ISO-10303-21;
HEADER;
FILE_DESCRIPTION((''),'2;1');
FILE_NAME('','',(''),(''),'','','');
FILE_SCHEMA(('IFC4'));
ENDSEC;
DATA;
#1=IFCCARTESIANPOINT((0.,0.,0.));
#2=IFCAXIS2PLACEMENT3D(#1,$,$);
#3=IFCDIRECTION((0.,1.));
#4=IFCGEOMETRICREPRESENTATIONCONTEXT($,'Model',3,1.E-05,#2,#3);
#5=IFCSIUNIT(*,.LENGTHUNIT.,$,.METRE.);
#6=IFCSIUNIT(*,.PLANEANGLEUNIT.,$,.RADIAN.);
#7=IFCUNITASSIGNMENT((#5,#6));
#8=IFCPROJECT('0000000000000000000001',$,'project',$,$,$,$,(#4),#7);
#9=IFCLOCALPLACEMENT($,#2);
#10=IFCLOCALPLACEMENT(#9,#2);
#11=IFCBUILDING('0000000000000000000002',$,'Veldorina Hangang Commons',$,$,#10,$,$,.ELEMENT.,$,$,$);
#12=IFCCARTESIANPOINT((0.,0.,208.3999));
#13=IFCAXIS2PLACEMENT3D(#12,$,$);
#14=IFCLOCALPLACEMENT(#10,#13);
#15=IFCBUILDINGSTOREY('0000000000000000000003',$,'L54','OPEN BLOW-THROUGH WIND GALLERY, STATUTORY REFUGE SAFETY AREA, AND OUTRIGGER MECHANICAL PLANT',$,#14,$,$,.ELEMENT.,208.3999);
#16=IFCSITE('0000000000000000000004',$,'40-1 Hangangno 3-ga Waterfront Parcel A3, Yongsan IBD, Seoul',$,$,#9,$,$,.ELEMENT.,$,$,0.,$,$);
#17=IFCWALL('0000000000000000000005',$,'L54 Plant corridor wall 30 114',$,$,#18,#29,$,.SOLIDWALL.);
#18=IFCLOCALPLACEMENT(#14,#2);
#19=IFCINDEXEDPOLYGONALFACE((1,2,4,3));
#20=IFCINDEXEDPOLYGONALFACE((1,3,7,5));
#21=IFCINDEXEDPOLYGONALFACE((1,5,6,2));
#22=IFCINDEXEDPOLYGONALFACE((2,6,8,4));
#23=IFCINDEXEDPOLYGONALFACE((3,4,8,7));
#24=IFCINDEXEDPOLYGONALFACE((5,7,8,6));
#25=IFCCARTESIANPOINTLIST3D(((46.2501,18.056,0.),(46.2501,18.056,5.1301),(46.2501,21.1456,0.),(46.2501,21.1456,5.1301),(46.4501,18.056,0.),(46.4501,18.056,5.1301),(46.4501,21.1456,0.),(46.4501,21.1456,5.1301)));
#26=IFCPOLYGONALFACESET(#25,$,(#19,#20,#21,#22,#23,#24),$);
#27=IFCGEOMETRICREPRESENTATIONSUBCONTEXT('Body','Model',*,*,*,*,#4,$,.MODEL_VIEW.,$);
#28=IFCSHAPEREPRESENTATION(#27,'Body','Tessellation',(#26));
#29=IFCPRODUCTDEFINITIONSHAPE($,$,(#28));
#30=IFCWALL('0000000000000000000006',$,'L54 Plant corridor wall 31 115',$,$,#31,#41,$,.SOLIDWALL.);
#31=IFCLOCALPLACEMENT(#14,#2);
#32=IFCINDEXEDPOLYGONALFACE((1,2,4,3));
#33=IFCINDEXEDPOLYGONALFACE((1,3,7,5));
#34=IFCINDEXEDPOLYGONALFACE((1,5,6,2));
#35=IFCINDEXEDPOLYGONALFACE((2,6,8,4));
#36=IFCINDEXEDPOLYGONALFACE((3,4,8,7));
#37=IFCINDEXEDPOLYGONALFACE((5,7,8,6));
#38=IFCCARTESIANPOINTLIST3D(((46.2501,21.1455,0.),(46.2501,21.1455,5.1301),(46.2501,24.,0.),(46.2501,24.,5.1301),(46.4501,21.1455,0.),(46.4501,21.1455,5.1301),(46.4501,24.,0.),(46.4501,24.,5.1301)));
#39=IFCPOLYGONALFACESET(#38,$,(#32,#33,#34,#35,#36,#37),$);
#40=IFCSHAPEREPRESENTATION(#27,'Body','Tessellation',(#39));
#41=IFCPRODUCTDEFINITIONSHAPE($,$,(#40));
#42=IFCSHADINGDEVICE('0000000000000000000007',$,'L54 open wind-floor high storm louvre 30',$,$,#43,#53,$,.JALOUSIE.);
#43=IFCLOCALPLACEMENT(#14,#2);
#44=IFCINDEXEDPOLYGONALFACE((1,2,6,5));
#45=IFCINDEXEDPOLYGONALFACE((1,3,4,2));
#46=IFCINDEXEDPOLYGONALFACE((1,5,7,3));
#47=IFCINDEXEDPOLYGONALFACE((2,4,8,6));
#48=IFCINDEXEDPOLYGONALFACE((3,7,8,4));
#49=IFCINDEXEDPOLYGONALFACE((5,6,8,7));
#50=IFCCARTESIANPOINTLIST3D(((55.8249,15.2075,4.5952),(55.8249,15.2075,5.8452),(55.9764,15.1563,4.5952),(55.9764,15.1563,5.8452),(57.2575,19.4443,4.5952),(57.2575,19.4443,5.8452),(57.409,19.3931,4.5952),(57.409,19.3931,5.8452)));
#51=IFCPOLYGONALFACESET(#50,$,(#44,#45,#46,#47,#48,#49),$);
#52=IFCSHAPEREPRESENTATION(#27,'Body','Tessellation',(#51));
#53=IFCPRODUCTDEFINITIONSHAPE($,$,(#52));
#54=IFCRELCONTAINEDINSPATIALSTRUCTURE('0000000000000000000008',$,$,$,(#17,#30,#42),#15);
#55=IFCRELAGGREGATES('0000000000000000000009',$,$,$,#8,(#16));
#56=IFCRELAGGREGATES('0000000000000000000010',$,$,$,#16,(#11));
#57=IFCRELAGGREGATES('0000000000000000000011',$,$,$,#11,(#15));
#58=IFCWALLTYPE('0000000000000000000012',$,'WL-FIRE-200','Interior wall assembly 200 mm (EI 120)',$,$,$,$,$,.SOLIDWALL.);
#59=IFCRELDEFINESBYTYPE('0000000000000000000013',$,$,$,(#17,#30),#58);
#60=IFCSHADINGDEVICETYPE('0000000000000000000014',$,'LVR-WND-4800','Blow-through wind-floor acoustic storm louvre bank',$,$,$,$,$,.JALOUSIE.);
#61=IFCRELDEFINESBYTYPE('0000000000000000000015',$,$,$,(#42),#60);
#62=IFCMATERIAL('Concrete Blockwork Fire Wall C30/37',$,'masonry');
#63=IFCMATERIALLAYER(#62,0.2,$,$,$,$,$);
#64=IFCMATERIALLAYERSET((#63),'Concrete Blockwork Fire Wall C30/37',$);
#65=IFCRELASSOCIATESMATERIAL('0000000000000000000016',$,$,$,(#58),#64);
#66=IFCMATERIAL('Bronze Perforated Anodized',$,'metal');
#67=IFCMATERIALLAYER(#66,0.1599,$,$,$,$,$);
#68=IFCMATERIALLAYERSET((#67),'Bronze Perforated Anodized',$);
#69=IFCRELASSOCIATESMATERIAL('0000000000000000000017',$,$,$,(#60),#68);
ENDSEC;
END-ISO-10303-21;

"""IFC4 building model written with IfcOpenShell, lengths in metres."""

from ifc_helpers import new_model, si_unit, direction, frame, frame_2d, origin, origin_2d, place, context, subcontext, project, spatial, rectangle, extrude, material, layer, layer_set, type_object, element, save


model = new_model("IFC4")

# Units and contexts
model_context = context("Model", 3, precision=1e-05, world=origin(), true_north=direction((0.0, 1.0)))
body_context = subcontext(model_context, "Body", "Model", "MODEL_VIEW")
ifc_project = project(units=[si_unit("LENGTHUNIT", "METRE"), si_unit("PLANEANGLEUNIT", "RADIAN")], contexts=[model_context])

# Site, building, storey
site_placement = place(None, origin())
site = spatial("IfcSite", under=ifc_project, at=site_placement, Name="40-1 Hangangno 3-ga Waterfront Parcel A3, Yongsan IBD, Seoul", CompositionType="ELEMENT", RefElevation=0.0)
building_placement = place(site_placement, origin())
building = spatial("IfcBuilding", under=site, at=building_placement, Name="Veldorina Hangang Commons", CompositionType="ELEMENT")
storey_placement = place(building_placement, frame((0.0, 0.0, 208.3999)))
storey = spatial("IfcBuildingStorey", under=building, at=storey_placement, Name="L54", Description="OPEN BLOW-THROUGH WIND GALLERY, STATUTORY REFUGE SAFETY AREA, AND OUTRIGGER MECHANICAL PLANT", CompositionType="ELEMENT", Elevation=208.3999)

# Walls
ifc_material_1 = material(Name="Concrete Blockwork Fire Wall C30/37", Category="masonry")
ifc_layer_1 = layer(ifc_material_1, 0.2)
ifc_layer_set_1 = layer_set([ifc_layer_1], Name="Concrete Blockwork Fire Wall C30/37")
wall_type = type_object("IfcWallType", Name="WL-FIRE-200", Description="Interior wall assembly 200 mm (EI 120)", PredefinedType="SOLIDWALL", material=ifc_layer_set_1)
wall_1_placement = place(storey_placement, frame((46.3501, 18.0559, 0.0), z_axis=(0.0, 0.0, 1.0), x_axis=(0.0, 1.0, 0.0)))
element("IfcWall", 1, at=wall_1_placement, inside=storey, type_object=wall_type, Name="L54 Plant corridor wall 30 114", PredefinedType="SOLIDWALL", context=body_context, shape_type="SweptSolid", body=[
    extrude(rectangle(XDim=3.0896, YDim=0.2, at=frame_2d((1.5449, 0.0))), origin(), (0.0, 0.0, 1.0), 5.1301),
])
wall_2_placement = place(storey_placement, frame((46.3501, 21.1455, 0.0), z_axis=(0.0, 0.0, 1.0), x_axis=(0.0, 1.0, 0.0)))
element("IfcWall", 2, at=wall_2_placement, inside=storey, type_object=wall_type, Name="L54 Plant corridor wall 31 115", PredefinedType="SOLIDWALL", context=body_context, shape_type="SweptSolid", body=[
    extrude(rectangle(XDim=2.8545, YDim=0.2, at=frame_2d((1.4272, 0.0))), origin(), (0.0, 0.0, 1.0), 5.1301),
])

# Shading device
ifc_material_2 = material(Name="Bronze Perforated Anodized", Category="metal")
ifc_layer_2 = layer(ifc_material_2, 0.1599)
ifc_layer_set_2 = layer_set([ifc_layer_2], Name="Bronze Perforated Anodized")
shading_device_type = type_object("IfcShadingDeviceType", Name="LVR-WND-4800", Description="Blow-through wind-floor acoustic storm louvre bank", PredefinedType="JALOUSIE", material=ifc_layer_set_2)
shading_device_placement = place(storey_placement, frame((56.6169, 17.3003, 4.5952), z_axis=(0.0, 0.0, 1.0), x_axis=(0.320315, 0.947311, 0.0)))
element("IfcShadingDevice", 3, at=shading_device_placement, inside=storey, type_object=shading_device_type, Name="L54 open wind-floor high storm louvre 30", PredefinedType="JALOUSIE", context=body_context, shape_type="SweptSolid", body=[
    extrude(rectangle(XDim=4.4724, YDim=0.1599, at=origin_2d()), origin(), (0.0, 0.0, 1.0), 1.25),
])

save(model, "model.ifc")
